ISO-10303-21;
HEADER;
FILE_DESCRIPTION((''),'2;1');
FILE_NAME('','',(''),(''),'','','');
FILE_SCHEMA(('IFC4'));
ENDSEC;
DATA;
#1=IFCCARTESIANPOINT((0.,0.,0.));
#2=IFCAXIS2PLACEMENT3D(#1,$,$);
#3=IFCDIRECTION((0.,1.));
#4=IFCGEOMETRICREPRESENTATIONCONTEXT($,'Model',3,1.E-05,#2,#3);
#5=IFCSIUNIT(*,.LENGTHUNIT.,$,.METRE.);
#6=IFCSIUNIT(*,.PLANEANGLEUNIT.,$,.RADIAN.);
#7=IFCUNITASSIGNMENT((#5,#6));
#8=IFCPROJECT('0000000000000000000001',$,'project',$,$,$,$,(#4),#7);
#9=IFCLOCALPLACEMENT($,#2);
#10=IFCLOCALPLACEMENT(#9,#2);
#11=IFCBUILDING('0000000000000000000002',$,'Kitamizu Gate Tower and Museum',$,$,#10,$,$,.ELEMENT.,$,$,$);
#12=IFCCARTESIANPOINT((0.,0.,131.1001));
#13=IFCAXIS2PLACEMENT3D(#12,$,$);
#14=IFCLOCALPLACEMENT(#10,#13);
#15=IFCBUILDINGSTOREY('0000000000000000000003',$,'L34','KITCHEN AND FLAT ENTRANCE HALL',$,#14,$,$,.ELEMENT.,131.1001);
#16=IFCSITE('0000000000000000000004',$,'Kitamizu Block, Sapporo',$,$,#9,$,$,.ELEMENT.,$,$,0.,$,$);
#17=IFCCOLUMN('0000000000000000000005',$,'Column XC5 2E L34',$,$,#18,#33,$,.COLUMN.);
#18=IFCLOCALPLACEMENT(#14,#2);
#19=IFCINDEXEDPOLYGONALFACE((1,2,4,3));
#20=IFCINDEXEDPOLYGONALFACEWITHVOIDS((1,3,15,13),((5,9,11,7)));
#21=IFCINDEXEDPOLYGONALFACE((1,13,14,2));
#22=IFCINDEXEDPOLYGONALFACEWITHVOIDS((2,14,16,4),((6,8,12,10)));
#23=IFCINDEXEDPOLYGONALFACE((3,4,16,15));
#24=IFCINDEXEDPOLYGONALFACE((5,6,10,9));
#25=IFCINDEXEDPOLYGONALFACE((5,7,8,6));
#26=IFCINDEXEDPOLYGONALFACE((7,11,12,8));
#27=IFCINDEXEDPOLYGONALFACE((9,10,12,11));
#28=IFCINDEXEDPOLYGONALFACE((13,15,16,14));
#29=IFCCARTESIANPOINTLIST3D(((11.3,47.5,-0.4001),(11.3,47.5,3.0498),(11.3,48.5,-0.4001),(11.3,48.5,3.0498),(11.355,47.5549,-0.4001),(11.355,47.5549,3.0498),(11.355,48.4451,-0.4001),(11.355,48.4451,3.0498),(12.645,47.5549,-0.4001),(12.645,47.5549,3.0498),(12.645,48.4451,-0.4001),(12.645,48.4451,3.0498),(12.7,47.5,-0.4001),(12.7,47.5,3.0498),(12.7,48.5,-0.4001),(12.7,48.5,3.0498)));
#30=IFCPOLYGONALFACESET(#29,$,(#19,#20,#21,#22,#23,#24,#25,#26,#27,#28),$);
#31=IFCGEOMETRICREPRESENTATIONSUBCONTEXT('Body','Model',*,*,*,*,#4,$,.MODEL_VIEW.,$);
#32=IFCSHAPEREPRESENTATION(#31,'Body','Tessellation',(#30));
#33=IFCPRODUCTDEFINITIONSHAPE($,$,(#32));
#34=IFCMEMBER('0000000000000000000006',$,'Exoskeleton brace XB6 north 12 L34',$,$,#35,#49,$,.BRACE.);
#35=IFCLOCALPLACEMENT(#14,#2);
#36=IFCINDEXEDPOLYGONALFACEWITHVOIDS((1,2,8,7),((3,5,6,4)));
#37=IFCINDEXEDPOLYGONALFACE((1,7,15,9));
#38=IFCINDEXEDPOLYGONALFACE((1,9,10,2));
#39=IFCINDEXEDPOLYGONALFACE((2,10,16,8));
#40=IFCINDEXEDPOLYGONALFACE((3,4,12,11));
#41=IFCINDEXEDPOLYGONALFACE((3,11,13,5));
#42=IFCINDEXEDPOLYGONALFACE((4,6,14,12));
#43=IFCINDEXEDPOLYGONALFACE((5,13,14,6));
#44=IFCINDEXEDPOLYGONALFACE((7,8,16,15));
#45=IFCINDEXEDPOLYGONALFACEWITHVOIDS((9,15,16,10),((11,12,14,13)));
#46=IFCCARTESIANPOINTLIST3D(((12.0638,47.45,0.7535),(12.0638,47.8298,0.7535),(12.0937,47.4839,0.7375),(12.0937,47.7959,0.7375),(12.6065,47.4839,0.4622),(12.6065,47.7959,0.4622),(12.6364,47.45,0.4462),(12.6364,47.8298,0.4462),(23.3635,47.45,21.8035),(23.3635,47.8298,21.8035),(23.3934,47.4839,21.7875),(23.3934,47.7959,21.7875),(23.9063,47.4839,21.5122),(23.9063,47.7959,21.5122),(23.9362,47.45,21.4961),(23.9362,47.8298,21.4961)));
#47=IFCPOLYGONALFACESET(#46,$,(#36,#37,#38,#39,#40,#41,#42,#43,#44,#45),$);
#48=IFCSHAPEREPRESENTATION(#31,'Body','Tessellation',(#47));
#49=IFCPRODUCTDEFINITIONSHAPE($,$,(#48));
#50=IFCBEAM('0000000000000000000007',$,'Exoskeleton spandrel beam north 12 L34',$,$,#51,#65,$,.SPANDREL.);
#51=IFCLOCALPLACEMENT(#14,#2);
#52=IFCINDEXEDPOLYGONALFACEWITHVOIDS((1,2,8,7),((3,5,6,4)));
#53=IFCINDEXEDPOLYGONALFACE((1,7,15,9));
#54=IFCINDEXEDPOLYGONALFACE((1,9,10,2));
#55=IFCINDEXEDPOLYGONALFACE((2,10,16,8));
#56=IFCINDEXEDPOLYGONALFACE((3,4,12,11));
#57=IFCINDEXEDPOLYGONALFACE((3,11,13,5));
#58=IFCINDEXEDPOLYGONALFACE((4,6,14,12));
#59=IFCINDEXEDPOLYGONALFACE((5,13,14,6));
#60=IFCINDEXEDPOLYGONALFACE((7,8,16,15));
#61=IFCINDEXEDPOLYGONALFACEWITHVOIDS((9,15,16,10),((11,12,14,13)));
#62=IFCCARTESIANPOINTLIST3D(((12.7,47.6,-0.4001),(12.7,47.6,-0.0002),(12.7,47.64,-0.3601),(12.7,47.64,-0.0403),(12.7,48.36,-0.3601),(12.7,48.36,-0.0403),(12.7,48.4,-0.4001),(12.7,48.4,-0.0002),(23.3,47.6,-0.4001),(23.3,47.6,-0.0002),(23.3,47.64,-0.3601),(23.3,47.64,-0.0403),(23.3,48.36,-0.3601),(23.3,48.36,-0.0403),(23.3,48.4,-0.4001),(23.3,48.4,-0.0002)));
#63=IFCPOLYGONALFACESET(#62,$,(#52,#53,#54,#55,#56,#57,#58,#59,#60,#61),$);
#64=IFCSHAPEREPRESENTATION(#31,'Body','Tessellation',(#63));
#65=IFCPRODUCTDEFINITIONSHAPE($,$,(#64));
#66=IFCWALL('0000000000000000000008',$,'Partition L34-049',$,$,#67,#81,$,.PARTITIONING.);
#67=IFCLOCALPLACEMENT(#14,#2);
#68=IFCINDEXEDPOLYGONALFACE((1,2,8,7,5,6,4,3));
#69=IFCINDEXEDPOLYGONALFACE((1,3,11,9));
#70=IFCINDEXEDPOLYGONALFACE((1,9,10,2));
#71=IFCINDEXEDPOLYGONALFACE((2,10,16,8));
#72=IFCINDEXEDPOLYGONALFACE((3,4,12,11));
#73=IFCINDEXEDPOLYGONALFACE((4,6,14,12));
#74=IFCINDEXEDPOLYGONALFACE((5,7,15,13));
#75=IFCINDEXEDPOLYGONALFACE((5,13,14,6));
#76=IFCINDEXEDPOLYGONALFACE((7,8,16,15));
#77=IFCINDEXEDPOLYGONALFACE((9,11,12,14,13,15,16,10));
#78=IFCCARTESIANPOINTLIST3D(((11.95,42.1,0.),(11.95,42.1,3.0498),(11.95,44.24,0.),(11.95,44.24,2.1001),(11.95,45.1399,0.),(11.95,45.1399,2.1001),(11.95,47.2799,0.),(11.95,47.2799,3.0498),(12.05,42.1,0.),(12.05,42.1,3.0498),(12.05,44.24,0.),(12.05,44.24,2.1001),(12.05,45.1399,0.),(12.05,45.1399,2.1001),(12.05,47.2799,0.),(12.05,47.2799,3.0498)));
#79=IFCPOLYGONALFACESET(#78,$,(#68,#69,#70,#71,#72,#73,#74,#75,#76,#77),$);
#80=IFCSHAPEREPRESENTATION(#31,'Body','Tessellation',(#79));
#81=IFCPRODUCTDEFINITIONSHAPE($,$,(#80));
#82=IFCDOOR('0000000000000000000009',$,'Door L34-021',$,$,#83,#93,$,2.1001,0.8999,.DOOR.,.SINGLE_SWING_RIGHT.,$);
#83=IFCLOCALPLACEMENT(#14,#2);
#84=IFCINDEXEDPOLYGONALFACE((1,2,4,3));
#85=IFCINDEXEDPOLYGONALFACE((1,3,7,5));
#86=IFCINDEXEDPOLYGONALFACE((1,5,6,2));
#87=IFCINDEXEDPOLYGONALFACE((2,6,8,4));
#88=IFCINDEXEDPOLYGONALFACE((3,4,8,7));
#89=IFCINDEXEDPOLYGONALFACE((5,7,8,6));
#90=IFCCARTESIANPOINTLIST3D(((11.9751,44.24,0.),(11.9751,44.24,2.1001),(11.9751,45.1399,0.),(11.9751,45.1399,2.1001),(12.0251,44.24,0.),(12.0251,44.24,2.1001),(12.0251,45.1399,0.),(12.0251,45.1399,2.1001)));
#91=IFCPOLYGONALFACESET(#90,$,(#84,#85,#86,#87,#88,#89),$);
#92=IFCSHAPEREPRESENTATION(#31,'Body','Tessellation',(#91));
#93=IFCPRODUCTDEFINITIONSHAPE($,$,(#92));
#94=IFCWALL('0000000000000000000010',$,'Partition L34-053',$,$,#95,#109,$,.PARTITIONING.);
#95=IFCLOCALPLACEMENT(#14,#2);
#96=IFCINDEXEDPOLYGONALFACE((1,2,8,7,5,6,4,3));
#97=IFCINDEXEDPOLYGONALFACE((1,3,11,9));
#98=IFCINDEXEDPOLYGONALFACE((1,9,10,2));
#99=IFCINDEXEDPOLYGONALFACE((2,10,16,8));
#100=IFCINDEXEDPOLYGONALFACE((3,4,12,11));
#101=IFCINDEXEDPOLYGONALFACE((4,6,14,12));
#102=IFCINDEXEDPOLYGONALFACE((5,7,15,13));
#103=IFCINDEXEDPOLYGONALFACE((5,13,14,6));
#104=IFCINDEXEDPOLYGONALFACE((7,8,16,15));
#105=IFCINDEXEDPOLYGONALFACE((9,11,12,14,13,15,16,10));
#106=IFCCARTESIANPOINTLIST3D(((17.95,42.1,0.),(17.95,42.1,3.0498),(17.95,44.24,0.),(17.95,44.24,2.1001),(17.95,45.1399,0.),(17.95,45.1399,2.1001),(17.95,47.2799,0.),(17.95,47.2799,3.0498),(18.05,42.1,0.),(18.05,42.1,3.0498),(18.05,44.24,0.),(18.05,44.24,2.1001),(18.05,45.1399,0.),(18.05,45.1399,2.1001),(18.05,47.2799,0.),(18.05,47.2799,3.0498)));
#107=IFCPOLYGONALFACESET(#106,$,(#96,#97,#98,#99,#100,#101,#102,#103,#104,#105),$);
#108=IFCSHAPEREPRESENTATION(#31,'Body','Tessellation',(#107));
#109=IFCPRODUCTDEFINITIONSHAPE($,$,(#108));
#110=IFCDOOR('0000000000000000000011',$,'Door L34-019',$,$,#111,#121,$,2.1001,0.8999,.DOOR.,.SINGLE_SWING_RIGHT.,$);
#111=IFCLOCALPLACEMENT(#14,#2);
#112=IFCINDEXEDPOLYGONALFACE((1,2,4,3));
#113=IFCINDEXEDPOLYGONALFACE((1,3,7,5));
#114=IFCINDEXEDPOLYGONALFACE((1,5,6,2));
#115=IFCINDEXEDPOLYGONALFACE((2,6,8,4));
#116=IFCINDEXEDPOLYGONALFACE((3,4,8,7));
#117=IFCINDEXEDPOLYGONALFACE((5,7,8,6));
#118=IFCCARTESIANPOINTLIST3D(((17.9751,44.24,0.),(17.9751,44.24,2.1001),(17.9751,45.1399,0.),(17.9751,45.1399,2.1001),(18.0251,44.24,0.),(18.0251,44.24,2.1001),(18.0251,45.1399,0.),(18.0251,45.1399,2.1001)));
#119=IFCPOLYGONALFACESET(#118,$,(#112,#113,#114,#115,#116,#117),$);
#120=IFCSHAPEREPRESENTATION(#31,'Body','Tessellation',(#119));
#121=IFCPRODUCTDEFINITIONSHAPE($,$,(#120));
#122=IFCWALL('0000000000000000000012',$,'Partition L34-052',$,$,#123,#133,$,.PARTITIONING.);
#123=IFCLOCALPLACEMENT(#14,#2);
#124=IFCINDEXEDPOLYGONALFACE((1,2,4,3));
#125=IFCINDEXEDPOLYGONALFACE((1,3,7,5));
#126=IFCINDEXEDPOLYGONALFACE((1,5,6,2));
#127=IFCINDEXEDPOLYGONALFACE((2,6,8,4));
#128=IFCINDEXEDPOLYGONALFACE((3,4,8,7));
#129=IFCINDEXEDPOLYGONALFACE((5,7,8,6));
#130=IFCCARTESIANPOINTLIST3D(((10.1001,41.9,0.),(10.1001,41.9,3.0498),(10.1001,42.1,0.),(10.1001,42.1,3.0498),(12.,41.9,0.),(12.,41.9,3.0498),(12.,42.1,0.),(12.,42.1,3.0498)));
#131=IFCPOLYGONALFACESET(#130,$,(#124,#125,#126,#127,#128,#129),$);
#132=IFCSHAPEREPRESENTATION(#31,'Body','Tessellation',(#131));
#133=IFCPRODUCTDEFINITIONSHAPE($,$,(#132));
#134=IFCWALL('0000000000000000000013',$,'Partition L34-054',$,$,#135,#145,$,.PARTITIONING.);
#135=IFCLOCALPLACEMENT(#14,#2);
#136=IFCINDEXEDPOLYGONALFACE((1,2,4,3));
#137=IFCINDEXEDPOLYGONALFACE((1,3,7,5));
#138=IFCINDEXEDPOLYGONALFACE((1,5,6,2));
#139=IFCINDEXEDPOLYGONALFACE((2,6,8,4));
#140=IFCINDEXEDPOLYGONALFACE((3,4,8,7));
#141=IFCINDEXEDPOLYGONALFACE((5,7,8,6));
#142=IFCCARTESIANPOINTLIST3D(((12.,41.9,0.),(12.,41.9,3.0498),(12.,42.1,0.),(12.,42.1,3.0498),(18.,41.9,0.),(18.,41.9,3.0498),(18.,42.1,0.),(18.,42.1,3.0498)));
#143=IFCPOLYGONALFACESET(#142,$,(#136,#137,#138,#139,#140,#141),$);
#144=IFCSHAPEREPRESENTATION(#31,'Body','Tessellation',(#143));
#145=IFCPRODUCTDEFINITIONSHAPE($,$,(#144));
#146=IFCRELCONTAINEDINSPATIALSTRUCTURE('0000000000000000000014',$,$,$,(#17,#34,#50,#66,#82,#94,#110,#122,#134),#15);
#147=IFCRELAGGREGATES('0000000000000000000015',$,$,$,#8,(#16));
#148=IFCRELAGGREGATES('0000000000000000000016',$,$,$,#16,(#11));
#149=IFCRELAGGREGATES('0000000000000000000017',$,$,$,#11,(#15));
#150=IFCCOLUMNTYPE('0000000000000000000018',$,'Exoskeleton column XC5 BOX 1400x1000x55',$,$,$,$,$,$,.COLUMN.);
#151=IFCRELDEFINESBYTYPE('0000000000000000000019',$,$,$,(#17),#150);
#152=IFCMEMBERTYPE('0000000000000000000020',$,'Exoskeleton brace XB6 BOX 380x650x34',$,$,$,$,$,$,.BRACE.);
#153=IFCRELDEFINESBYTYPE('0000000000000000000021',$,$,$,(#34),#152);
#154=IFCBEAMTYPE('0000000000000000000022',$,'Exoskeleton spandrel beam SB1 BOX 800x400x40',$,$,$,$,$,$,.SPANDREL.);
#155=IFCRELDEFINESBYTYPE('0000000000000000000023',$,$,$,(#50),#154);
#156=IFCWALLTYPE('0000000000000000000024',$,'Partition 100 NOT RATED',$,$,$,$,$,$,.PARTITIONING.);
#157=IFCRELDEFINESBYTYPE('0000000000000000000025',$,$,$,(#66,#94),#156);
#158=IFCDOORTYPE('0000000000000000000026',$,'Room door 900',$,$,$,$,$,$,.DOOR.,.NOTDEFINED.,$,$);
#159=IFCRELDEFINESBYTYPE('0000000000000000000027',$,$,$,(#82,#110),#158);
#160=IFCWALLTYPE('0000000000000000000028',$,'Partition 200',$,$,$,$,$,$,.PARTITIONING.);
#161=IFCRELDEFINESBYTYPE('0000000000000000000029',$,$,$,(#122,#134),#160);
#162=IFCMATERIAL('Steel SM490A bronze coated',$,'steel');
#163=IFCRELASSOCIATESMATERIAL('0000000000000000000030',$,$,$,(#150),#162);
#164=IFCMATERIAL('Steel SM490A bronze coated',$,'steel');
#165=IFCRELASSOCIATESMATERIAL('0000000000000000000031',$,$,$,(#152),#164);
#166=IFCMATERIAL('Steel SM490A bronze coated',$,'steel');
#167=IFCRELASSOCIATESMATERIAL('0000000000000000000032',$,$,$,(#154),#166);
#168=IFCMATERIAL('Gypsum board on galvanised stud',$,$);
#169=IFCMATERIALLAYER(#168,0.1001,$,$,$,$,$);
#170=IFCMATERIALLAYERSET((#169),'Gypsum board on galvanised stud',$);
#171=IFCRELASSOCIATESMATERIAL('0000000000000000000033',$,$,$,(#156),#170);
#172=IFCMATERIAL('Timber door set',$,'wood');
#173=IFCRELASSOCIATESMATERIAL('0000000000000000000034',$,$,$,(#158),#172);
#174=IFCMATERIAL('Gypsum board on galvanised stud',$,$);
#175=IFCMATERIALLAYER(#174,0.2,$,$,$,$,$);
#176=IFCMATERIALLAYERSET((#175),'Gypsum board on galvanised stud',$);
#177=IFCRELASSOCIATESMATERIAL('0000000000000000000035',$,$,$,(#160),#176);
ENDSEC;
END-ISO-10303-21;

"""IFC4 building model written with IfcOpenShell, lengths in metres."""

from ifc_helpers import new_model, si_unit, direction, frame, frame_2d, origin, origin_2d, place, context, subcontext, project, spatial, rectangle, hollow_rectangle, extrude, material, layer, layer_set, material_profile, profile_set, type_object, element, fill, save


model = new_model("IFC4")

# Units and contexts
model_context = context("Model", 3, precision=1e-05, world=origin(), true_north=direction((0.0, 1.0)))
body_context = subcontext(model_context, "Body", "Model", "MODEL_VIEW")
ifc_project = project(units=[si_unit("LENGTHUNIT", "METRE"), si_unit("PLANEANGLEUNIT", "RADIAN")], contexts=[model_context])

# Site, building, storey
site_placement = place(None, origin())
site = spatial("IfcSite", under=ifc_project, at=site_placement, Name="Kitamizu Block, Sapporo", CompositionType="ELEMENT", RefElevation=0.0)
building_placement = place(site_placement, origin())
building = spatial("IfcBuilding", under=site, at=building_placement, Name="Kitamizu Gate Tower and Museum", CompositionType="ELEMENT")
storey_placement = place(building_placement, frame((0.0, 0.0, 131.1001)))
storey = spatial("IfcBuildingStorey", under=building, at=storey_placement, Name="L34", Description="KITCHEN AND FLAT ENTRANCE HALL", CompositionType="ELEMENT", Elevation=131.1001)

# Column
ifc_material_1 = material(Name="Steel SM490A bronze coated", Category="steel")
ifc_material_profile_1 = material_profile(ifc_material_1, hollow_rectangle(XDim=1.3999, YDim=1.0, WallThickness=0.0549, at=origin_2d()), Name="BOX 1400x1000x55")
ifc_profile_set_1 = profile_set([ifc_material_profile_1], Name="Steel SM490A bronze coated")
column_type = type_object("IfcColumnType", Name="Exoskeleton column XC5 BOX 1400x1000x55", PredefinedType="COLUMN", material=ifc_profile_set_1)
column_placement = place(storey_placement, frame((12.0, 48.0, -0.4001), z_axis=(0.0, 0.0, 1.0), x_axis=(1.0, 0.0, 0.0)))
element("IfcColumn", 1, at=column_placement, inside=storey, type_object=column_type, Name="Column XC5 2E L34", PredefinedType="COLUMN", context=body_context, shape_type="SweptSolid", body=[
    extrude(hollow_rectangle(XDim=1.3999, YDim=1.0, WallThickness=0.0549, at=origin_2d()), origin(), (0.0, 0.0, 1.0), 3.45),
])

# Member
ifc_material_2 = material(Name="Steel SM490A bronze coated", Category="steel")
ifc_material_profile_2 = material_profile(ifc_material_2, hollow_rectangle(XDim=0.3799, YDim=0.6499, WallThickness=0.0339, at=origin_2d()), Name="BOX 380x650x34")
ifc_profile_set_2 = profile_set([ifc_material_profile_2], Name="Steel SM490A bronze coated")
member_type = type_object("IfcMemberType", Name="Exoskeleton brace XB6 BOX 380x650x34", PredefinedType="BRACE", material=ifc_profile_set_2)
member_placement = place(storey_placement, frame((12.3501, 47.6399, 0.5999), z_axis=(0.472969, 0.0, 0.881079), x_axis=(0.0, 1.0, 0.0)))
element("IfcMember", 2, at=member_placement, inside=storey, type_object=member_type, Name="Exoskeleton brace XB6 north 12 L34", PredefinedType="BRACE", context=body_context, shape_type="SweptSolid", body=[
    extrude(hollow_rectangle(XDim=0.3799, YDim=0.6499, WallThickness=0.0339, at=origin_2d()), origin(), (0.0, 0.0, 1.0), 23.8911),
])

# Beam
ifc_material_3 = material(Name="Steel SM490A bronze coated", Category="steel")
ifc_material_profile_3 = material_profile(ifc_material_3, hollow_rectangle(XDim=0.8, YDim=0.3999, WallThickness=0.04, at=origin_2d()), Name="BOX 800x400x40")
ifc_profile_set_3 = profile_set([ifc_material_profile_3], Name="Steel SM490A bronze coated")
beam_type = type_object("IfcBeamType", Name="Exoskeleton spandrel beam SB1 BOX 800x400x40", PredefinedType="SPANDREL", material=ifc_profile_set_3)
beam_placement = place(storey_placement, frame((12.7, 48.0, -0.2002), z_axis=(1.0, 0.0, 0.0), x_axis=(0.0, 1.0, 0.0)))
element("IfcBeam", 3, at=beam_placement, inside=storey, type_object=beam_type, Name="Exoskeleton spandrel beam north 12 L34", PredefinedType="SPANDREL", context=body_context, shape_type="SweptSolid", body=[
    extrude(hollow_rectangle(XDim=0.8, YDim=0.3999, WallThickness=0.04, at=origin_2d()), origin(), (0.0, 0.0, 1.0), 10.6001),
])

# Walls, openings, doors
ifc_material_4 = material(Name="Gypsum board on galvanised stud")
ifc_layer_1 = layer(ifc_material_4, 0.1001)
ifc_layer_set_1 = layer_set([ifc_layer_1], Name="Gypsum board on galvanised stud")
wall_type_1 = type_object("IfcWallType", Name="Partition 100 NOT RATED", PredefinedType="PARTITIONING", material=ifc_layer_set_1)
wall_1_placement = place(storey_placement, frame((12.0, 42.1001, 0.0), z_axis=(0.0, 0.0, 1.0), x_axis=(0.0, 1.0, 0.0)))
wall_1 = element("IfcWall", 4, at=wall_1_placement, inside=storey, type_object=wall_type_1, Name="Partition L34-049", PredefinedType="PARTITIONING", context=body_context, shape_type="SweptSolid", body=[
    extrude(rectangle(XDim=5.1799, YDim=0.1001, at=frame_2d((2.5898, 0.0))), origin(), (0.0, 0.0, 1.0), 3.0498),
])
opening_1_placement = place(wall_1_placement, frame((2.1399, 0.0, 0.0)))
opening_1 = element("IfcOpeningElement", 5, at=opening_1_placement, cuts=wall_1, PredefinedType="OPENING", context=body_context, shape_type="SweptSolid", body=[
    extrude(rectangle(XDim=0.8999, YDim=2.1001, at=frame_2d((0.45, 1.05))), frame((0.0, 0.0601, 0.0), z_axis=(0.0, -1.0, 0.0), x_axis=(1.0, 0.0, 0.0)), (0.0, 0.0, 1.0), 0.1201),
])
ifc_material_5 = material(Name="Timber door set", Category="wood")
door_type_1 = type_object("IfcDoorType", Name="Room door 900", OperationType="NOTDEFINED", PredefinedType="DOOR", material=ifc_material_5)
door_1_placement = place(opening_1_placement, origin())
door_1 = element("IfcDoor", 6, at=door_1_placement, inside=storey, type_object=door_type_1, Name="Door L34-021", OperationType="SINGLE_SWING_RIGHT", OverallHeight=2.1001, OverallWidth=0.8999, PredefinedType="DOOR", context=body_context, shape_type="SweptSolid", body=[
    extrude(rectangle(XDim=0.8999, YDim=2.1001, at=frame_2d((0.45, 1.05))), frame((0.0, 0.0249, 0.0), z_axis=(0.0, -1.0, 0.0), x_axis=(1.0, 0.0, 0.0)), (0.0, 0.0, 1.0), 0.05),
])
fill(opening_1, door_1)
wall_2_placement = place(storey_placement, frame((18.0, 42.1001, 0.0), z_axis=(0.0, 0.0, 1.0), x_axis=(0.0, 1.0, 0.0)))
wall_2 = element("IfcWall", 7, at=wall_2_placement, inside=storey, type_object=wall_type_1, Name="Partition L34-053", PredefinedType="PARTITIONING", context=body_context, shape_type="SweptSolid", body=[
    extrude(rectangle(XDim=5.1799, YDim=0.1001, at=frame_2d((2.5898, 0.0))), origin(), (0.0, 0.0, 1.0), 3.0498),
])
opening_2_placement = place(wall_2_placement, frame((2.1399, 0.0, 0.0)))
opening_2 = element("IfcOpeningElement", 8, at=opening_2_placement, cuts=wall_2, PredefinedType="OPENING", context=body_context, shape_type="SweptSolid", body=[
    extrude(rectangle(XDim=0.8999, YDim=2.1001, at=frame_2d((0.45, 1.05))), frame((0.0, 0.0601, 0.0), z_axis=(0.0, -1.0, 0.0), x_axis=(1.0, 0.0, 0.0)), (0.0, 0.0, 1.0), 0.1201),
])
door_2_placement = place(opening_2_placement, origin())
door_2 = element("IfcDoor", 9, at=door_2_placement, inside=storey, type_object=door_type_1, Name="Door L34-019", OperationType="SINGLE_SWING_RIGHT", OverallHeight=2.1001, OverallWidth=0.8999, PredefinedType="DOOR", context=body_context, shape_type="SweptSolid", body=[
    extrude(rectangle(XDim=0.8999, YDim=2.1001, at=frame_2d((0.45, 1.05))), frame((0.0, 0.0249, 0.0), z_axis=(0.0, -1.0, 0.0), x_axis=(1.0, 0.0, 0.0)), (0.0, 0.0, 1.0), 0.05),
])
fill(opening_2, door_2)

# Walls
ifc_material_6 = material(Name="Gypsum board on galvanised stud")
ifc_layer_2 = layer(ifc_material_6, 0.2)
ifc_layer_set_2 = layer_set([ifc_layer_2], Name="Gypsum board on galvanised stud")
wall_type_2 = type_object("IfcWallType", Name="Partition 200", PredefinedType="PARTITIONING", material=ifc_layer_set_2)
wall_3_placement = place(storey_placement, frame((10.1001, 42.0, 0.0), z_axis=(0.0, 0.0, 1.0), x_axis=(1.0, 0.0, 0.0)))
element("IfcWall", 10, at=wall_3_placement, inside=storey, type_object=wall_type_2, Name="Partition L34-052", PredefinedType="PARTITIONING", context=body_context, shape_type="SweptSolid", body=[
    extrude(rectangle(XDim=1.8999, YDim=0.2, at=frame_2d((0.95, 0.0))), origin(), (0.0, 0.0, 1.0), 3.0498),
])
wall_4_placement = place(storey_placement, frame((12.0, 42.0, 0.0), z_axis=(0.0, 0.0, 1.0), x_axis=(1.0, 0.0, 0.0)))
element("IfcWall", 11, at=wall_4_placement, inside=storey, type_object=wall_type_2, Name="Partition L34-054", PredefinedType="PARTITIONING", context=body_context, shape_type="SweptSolid", body=[
    extrude(rectangle(XDim=6.0, YDim=0.2, at=frame_2d((3.0, 0.0))), origin(), (0.0, 0.0, 1.0), 3.0498),
])

save(model, "model.ifc")
